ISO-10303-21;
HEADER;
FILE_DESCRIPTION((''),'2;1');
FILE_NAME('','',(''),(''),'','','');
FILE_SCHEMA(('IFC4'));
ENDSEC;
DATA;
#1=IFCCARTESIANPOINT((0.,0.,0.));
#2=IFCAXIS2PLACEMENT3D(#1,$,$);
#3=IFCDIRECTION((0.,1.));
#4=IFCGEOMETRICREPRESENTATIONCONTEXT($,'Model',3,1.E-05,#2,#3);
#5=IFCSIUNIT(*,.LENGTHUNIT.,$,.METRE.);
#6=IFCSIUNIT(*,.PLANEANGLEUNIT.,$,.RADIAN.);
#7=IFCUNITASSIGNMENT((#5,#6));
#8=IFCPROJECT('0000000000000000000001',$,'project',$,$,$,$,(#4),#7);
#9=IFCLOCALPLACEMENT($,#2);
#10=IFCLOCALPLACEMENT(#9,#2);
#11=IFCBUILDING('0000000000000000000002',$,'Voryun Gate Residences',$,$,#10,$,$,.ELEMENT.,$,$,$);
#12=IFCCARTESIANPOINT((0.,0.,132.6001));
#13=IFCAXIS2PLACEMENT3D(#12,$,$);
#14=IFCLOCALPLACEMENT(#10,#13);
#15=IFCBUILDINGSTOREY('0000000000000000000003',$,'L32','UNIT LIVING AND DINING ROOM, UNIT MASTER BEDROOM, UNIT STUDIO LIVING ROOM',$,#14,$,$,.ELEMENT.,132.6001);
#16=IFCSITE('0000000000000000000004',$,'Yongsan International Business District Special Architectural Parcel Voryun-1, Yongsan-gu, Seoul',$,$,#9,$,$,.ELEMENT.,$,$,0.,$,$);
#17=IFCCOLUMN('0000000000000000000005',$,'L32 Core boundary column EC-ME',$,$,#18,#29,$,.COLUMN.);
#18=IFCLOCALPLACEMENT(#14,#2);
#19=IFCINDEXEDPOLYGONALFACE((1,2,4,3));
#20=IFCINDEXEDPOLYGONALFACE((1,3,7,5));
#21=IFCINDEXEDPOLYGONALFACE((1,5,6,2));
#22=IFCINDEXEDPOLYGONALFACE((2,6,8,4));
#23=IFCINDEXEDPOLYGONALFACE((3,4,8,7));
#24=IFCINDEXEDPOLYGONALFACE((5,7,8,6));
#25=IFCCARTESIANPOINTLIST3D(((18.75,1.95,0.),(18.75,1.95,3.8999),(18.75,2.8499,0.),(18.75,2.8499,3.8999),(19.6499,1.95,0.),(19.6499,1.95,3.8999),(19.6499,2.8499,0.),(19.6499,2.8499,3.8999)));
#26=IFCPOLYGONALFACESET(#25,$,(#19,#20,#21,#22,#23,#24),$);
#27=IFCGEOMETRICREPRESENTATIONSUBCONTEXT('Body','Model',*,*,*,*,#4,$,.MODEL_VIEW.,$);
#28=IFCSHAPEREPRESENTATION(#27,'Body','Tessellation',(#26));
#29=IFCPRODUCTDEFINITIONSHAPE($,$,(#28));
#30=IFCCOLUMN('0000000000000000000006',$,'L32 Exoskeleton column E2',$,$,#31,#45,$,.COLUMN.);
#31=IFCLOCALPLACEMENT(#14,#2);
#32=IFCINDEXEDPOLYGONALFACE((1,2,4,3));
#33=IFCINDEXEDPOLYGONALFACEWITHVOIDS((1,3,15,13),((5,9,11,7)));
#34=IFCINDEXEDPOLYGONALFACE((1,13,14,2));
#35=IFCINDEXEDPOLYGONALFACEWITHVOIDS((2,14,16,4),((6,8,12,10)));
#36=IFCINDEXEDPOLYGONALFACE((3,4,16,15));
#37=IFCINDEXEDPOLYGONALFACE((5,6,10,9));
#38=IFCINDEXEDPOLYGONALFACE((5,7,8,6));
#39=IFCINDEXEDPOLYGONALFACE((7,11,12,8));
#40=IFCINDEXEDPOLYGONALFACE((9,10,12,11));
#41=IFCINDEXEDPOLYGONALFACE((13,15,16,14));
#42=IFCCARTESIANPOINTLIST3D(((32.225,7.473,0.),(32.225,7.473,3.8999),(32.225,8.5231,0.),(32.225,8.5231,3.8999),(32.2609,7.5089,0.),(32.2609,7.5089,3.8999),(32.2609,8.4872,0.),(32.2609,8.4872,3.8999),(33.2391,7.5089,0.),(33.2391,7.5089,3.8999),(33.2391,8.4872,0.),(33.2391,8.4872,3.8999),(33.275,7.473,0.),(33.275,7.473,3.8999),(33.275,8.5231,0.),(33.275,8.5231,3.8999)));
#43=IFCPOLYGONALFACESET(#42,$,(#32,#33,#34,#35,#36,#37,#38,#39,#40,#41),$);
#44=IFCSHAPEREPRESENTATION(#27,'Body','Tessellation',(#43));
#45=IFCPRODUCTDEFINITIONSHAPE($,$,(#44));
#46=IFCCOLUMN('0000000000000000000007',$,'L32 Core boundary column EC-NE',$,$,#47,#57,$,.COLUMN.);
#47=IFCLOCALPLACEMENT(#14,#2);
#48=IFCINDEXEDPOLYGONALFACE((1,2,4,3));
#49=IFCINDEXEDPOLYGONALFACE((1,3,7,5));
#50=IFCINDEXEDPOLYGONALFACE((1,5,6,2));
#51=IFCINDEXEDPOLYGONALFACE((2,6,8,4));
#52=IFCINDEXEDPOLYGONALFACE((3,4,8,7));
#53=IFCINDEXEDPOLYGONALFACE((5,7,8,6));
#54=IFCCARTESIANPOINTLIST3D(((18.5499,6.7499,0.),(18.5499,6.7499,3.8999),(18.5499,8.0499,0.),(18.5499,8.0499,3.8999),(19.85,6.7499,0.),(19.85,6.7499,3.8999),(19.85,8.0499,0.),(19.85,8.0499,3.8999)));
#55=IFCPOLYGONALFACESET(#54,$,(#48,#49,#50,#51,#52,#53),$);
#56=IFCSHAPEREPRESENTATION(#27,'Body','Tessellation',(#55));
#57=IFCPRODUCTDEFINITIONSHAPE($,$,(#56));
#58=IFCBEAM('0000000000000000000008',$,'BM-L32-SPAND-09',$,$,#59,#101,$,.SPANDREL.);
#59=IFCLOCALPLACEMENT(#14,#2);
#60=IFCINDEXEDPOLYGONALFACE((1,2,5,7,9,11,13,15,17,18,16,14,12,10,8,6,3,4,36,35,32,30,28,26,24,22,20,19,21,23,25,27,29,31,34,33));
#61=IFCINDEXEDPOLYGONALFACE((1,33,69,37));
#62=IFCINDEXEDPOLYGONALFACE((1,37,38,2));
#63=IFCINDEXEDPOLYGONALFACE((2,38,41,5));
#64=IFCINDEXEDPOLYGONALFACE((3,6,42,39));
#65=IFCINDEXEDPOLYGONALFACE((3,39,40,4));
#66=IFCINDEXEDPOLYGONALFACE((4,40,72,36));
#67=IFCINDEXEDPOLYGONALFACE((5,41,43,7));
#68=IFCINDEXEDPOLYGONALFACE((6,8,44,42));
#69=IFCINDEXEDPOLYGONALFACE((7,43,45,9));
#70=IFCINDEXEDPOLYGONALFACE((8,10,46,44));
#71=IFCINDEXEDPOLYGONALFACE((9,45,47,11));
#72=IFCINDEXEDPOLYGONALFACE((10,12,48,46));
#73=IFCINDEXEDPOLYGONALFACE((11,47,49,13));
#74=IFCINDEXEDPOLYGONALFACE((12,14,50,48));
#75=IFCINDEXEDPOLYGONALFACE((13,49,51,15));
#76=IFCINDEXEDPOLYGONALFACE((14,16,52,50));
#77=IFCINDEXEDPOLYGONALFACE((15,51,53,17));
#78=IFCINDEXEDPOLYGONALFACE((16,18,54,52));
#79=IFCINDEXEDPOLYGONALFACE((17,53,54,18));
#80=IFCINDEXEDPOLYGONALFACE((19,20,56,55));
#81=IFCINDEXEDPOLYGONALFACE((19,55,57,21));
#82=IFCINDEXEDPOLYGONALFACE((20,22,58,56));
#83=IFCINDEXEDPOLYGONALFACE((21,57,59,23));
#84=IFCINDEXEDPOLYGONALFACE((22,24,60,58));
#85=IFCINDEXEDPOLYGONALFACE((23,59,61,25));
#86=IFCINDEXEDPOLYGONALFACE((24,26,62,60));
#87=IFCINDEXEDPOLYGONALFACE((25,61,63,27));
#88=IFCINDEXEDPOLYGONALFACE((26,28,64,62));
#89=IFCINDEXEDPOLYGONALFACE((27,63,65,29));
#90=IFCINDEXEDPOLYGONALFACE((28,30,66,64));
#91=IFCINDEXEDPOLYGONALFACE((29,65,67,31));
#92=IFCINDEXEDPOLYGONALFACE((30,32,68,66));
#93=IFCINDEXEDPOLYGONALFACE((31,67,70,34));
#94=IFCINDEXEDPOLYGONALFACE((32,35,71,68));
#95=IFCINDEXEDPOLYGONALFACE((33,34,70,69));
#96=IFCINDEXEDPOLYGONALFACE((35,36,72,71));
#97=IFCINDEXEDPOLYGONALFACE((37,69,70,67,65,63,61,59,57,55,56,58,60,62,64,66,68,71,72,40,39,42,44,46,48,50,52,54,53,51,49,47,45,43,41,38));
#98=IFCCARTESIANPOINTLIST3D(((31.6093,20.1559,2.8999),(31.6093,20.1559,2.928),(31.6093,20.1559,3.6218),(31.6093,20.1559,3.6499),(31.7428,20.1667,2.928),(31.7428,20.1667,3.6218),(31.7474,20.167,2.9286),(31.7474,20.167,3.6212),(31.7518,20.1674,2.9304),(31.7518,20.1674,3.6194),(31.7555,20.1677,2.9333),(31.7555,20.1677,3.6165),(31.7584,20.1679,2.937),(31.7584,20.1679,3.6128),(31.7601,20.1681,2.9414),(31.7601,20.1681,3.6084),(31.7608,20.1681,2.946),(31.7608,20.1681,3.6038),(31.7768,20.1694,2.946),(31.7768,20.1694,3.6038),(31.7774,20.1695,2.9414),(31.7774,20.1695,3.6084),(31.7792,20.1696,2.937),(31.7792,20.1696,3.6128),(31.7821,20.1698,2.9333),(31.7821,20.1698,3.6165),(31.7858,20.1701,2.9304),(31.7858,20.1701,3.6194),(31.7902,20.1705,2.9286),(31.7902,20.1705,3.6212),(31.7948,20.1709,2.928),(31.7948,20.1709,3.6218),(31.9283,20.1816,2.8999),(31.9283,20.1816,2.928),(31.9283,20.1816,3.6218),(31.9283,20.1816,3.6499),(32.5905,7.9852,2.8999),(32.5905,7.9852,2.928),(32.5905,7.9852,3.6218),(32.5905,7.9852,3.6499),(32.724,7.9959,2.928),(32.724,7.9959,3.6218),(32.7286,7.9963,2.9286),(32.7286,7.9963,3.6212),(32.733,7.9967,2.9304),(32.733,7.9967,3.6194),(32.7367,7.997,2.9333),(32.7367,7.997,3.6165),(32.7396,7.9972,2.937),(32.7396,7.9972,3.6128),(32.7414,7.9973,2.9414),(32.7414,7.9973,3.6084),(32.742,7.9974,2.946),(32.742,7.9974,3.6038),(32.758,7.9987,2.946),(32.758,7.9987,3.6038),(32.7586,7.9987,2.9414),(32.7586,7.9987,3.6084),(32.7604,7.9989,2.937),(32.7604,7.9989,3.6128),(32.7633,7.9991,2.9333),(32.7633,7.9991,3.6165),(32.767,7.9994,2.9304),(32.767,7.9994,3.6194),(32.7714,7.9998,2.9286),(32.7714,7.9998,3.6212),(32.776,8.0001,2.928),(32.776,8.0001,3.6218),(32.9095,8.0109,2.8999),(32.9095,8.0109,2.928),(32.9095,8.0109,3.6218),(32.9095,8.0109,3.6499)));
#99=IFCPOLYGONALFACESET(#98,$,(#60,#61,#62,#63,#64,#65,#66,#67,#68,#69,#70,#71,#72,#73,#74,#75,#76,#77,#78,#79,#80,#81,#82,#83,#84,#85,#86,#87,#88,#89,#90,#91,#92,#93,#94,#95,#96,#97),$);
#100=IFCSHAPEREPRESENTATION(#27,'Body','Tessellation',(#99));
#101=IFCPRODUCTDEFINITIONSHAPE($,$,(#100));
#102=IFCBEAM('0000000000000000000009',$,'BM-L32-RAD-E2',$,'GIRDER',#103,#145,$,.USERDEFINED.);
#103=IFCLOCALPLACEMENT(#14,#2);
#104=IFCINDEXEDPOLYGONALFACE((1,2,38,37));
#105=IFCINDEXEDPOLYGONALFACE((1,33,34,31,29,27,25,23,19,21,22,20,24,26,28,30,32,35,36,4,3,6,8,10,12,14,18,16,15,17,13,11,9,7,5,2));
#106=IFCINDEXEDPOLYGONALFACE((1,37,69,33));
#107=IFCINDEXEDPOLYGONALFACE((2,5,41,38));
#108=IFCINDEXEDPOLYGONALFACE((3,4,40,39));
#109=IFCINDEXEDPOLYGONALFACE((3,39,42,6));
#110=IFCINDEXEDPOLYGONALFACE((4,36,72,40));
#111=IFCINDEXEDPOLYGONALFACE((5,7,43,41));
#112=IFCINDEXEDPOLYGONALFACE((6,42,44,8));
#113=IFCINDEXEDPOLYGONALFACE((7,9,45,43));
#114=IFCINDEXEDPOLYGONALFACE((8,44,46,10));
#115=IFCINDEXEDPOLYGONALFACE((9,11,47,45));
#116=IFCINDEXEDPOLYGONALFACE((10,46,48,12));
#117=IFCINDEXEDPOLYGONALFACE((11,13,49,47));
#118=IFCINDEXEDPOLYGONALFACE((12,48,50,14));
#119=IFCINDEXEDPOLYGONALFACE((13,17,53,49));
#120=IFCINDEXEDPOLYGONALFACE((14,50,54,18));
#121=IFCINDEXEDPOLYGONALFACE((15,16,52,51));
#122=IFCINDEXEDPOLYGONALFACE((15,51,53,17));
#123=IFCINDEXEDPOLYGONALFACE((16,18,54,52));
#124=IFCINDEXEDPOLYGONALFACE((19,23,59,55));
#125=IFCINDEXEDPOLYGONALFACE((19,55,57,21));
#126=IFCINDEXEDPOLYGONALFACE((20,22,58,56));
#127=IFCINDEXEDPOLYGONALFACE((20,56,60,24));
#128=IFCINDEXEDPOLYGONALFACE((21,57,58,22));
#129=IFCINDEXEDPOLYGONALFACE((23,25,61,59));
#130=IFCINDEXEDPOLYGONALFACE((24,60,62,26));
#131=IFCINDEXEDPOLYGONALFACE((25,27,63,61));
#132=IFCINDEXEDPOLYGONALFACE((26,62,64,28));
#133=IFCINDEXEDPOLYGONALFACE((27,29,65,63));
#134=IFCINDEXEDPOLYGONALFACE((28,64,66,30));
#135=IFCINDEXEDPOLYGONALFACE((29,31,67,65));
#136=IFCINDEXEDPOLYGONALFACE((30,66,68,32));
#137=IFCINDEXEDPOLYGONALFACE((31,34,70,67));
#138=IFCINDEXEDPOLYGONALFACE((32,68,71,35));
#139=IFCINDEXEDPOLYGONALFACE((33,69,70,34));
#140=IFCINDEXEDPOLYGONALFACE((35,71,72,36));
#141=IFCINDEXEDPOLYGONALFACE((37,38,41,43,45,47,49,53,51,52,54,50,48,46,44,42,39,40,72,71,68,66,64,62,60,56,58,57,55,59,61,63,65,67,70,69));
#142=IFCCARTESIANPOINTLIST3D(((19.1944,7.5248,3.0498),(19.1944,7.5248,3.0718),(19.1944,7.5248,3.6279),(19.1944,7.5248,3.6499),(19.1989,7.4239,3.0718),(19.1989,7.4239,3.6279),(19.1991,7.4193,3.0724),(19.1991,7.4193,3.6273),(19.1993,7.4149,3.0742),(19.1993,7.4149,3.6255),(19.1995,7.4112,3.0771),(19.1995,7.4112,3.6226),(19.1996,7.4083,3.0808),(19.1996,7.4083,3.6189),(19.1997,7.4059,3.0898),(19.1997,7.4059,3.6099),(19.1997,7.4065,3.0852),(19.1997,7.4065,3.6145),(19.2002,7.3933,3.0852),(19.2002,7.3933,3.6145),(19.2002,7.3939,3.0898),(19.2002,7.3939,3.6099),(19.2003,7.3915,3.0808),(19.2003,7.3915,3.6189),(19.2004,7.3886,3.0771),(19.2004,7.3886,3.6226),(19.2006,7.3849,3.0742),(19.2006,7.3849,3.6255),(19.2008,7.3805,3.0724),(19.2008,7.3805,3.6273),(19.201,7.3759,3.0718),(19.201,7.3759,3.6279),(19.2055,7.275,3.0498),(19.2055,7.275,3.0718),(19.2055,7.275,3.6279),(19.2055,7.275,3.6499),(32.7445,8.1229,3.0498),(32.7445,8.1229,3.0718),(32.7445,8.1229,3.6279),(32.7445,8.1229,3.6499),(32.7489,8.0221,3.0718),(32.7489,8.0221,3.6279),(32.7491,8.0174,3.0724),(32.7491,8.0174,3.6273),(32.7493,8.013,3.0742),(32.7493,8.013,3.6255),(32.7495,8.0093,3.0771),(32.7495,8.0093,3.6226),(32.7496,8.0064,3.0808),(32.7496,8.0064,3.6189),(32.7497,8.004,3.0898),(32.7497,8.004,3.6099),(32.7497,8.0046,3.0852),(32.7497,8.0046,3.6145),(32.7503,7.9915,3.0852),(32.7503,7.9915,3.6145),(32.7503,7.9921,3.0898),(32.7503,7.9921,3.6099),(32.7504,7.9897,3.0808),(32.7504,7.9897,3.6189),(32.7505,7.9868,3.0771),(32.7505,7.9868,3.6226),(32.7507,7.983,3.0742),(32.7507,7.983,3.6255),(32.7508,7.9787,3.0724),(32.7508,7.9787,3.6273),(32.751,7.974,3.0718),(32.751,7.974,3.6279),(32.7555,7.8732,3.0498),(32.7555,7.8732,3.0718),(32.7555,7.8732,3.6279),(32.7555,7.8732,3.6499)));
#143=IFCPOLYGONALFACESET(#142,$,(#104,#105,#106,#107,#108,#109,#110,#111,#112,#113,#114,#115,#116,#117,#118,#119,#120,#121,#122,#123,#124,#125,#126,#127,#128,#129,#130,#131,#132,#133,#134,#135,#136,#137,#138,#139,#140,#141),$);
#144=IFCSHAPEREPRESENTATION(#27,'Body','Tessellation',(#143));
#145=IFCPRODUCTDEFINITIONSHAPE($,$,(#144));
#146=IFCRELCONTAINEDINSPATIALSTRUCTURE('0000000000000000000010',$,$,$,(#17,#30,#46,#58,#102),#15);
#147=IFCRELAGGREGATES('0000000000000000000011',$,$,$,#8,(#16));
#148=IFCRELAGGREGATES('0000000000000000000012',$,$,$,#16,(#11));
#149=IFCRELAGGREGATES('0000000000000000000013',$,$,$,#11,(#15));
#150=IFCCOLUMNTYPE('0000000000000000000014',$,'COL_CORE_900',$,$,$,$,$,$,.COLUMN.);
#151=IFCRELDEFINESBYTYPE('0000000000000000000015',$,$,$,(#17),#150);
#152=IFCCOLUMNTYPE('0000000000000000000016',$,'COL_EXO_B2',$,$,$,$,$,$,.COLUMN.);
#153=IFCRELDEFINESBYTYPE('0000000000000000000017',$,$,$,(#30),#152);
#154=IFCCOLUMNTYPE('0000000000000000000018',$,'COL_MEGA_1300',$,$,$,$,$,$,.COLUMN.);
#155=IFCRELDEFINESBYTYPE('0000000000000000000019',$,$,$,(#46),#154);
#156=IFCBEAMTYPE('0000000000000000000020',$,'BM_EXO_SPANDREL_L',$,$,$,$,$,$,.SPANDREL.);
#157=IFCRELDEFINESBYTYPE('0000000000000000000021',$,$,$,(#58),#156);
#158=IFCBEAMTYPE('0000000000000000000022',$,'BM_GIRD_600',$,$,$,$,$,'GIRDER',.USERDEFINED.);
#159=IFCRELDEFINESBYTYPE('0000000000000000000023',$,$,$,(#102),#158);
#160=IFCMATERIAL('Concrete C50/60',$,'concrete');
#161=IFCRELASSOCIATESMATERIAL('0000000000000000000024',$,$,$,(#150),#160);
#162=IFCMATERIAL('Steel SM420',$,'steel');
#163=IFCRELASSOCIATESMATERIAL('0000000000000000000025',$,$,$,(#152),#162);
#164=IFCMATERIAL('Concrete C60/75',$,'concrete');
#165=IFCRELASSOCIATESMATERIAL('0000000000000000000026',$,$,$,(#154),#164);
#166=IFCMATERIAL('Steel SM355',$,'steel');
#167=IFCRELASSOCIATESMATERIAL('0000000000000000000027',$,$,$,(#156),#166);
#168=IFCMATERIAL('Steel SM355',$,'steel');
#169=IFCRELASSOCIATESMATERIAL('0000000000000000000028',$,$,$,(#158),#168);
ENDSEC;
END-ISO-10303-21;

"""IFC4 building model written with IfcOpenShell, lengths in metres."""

from ifc_helpers import new_model, si_unit, direction, frame, origin, origin_2d, place, context, subcontext, project, spatial, rectangle, hollow_rectangle, i_section, extrude, material, material_profile, profile_set, type_object, element, save


model = new_model("IFC4")

# Units and contexts
model_context = context("Model", 3, precision=1e-05, world=origin(), true_north=direction((0.0, 1.0)))
body_context = subcontext(model_context, "Body", "Model", "MODEL_VIEW")
ifc_project = project(units=[si_unit("LENGTHUNIT", "METRE"), si_unit("PLANEANGLEUNIT", "RADIAN")], contexts=[model_context])

# Site, building, storey
site_placement = place(None, origin())
site = spatial("IfcSite", under=ifc_project, at=site_placement, Name="Yongsan International Business District Special Architectural Parcel Voryun-1, Yongsan-gu, Seoul", CompositionType="ELEMENT", RefElevation=0.0)
building_placement = place(site_placement, origin())
building = spatial("IfcBuilding", under=site, at=building_placement, Name="Voryun Gate Residences", CompositionType="ELEMENT")
storey_placement = place(building_placement, frame((0.0, 0.0, 132.6001)))
storey = spatial("IfcBuildingStorey", under=building, at=storey_placement, Name="L32", Description="UNIT LIVING AND DINING ROOM, UNIT MASTER BEDROOM, UNIT STUDIO LIVING ROOM", CompositionType="ELEMENT", Elevation=132.6001)

# Columns
ifc_material_1 = material(Name="Concrete C50/60", Category="concrete")
ifc_material_profile_1 = material_profile(ifc_material_1, rectangle(XDim=0.8999, YDim=0.8999, at=origin_2d()), Name="RC-900x900")
ifc_profile_set_1 = profile_set([ifc_material_profile_1], Name="Concrete C50/60")
column_type_1 = type_object("IfcColumnType", Name="COL_CORE_900", PredefinedType="COLUMN", material=ifc_profile_set_1)
column_1_placement = place(storey_placement, frame((19.2, 2.3999, 0.0), z_axis=(0.0, 0.0, 1.0), x_axis=(1.0, 0.0, 0.0)))
element("IfcColumn", 1, at=column_1_placement, inside=storey, type_object=column_type_1, Name="L32 Core boundary column EC-ME", PredefinedType="COLUMN", context=body_context, shape_type="SweptSolid", body=[
    extrude(rectangle(XDim=0.8999, YDim=0.8999, at=origin_2d()), origin(), (0.0, 0.0, 1.0), 3.8999),
])
ifc_material_2 = material(Name="Steel SM420", Category="steel")
ifc_material_profile_2 = material_profile(ifc_material_2, hollow_rectangle(XDim=1.05, YDim=1.05, WallThickness=0.0359, at=origin_2d()), Name="BOX-1050x1050x36")
ifc_profile_set_2 = profile_set([ifc_material_profile_2], Name="Steel SM420")
column_type_2 = type_object("IfcColumnType", Name="COL_EXO_B2", PredefinedType="COLUMN", material=ifc_profile_set_2)
column_2_placement = place(storey_placement, frame((32.75, 7.998, 0.0), z_axis=(0.0, 0.0, 1.0), x_axis=(1.0, 0.0, 0.0)))
element("IfcColumn", 2, at=column_2_placement, inside=storey, type_object=column_type_2, Name="L32 Exoskeleton column E2", PredefinedType="COLUMN", context=body_context, shape_type="SweptSolid", body=[
    extrude(hollow_rectangle(XDim=1.05, YDim=1.05, WallThickness=0.0359, at=origin_2d()), origin(), (0.0, 0.0, 1.0), 3.8999),
])
ifc_material_3 = material(Name="Concrete C60/75", Category="concrete")
ifc_material_profile_3 = material_profile(ifc_material_3, rectangle(XDim=1.3, YDim=1.3, at=origin_2d()), Name="RC-1300x1300")
ifc_profile_set_3 = profile_set([ifc_material_profile_3], Name="Concrete C60/75")
column_type_3 = type_object("IfcColumnType", Name="COL_MEGA_1300", PredefinedType="COLUMN", material=ifc_profile_set_3)
column_3_placement = place(storey_placement, frame((19.2, 7.3999, 0.0), z_axis=(0.0, 0.0, 1.0), x_axis=(1.0, 0.0, 0.0)))
element("IfcColumn", 3, at=column_3_placement, inside=storey, type_object=column_type_3, Name="L32 Core boundary column EC-NE", PredefinedType="COLUMN", context=body_context, shape_type="SweptSolid", body=[
    extrude(rectangle(XDim=1.3, YDim=1.3, at=origin_2d()), origin(), (0.0, 0.0, 1.0), 3.8999),
])

# Beams
ifc_material_4 = material(Name="Steel SM355", Category="steel")
ifc_material_profile_4 = material_profile(ifc_material_4, i_section(OverallWidth=0.3201, OverallDepth=0.75, WebThickness=0.0161, FlangeThickness=0.0281, FilletRadius=0.0181, at=origin_2d()), Name="H-750x320x16x28")
ifc_profile_set_4 = profile_set([ifc_material_profile_4], Name="Steel SM355")
beam_type_1 = type_object("IfcBeamType", Name="BM_EXO_SPANDREL_L", PredefinedType="SPANDREL", material=ifc_profile_set_4)
beam_1_placement = place(storey_placement, frame((32.75, 7.998, 3.2749), z_axis=(-0.08036, 0.996766, 0.0), x_axis=(-0.996766, -0.08036, 0.0)))
element("IfcBeam", 4, at=beam_1_placement, inside=storey, type_object=beam_type_1, Name="BM-L32-SPAND-09", PredefinedType="SPANDREL", context=body_context, shape_type="SweptSolid", body=[
    extrude(i_section(OverallWidth=0.3201, OverallDepth=0.75, WebThickness=0.0161, FlangeThickness=0.0281, FilletRadius=0.0181, at=origin_2d()), origin(), (0.0, 0.0, 1.0), 12.2102),
])
ifc_material_5 = material(Name="Steel SM355", Category="steel")
ifc_material_profile_5 = material_profile(ifc_material_5, i_section(OverallWidth=0.25, OverallDepth=0.6001, WebThickness=0.012, FlangeThickness=0.022, FilletRadius=0.0181, at=origin_2d()), Name="H-600x250x12x22")
ifc_profile_set_5 = profile_set([ifc_material_profile_5], Name="Steel SM355")
beam_type_2 = type_object("IfcBeamType", Name="BM_GIRD_600", ElementType="GIRDER", PredefinedType="USERDEFINED", material=ifc_profile_set_5)
beam_2_placement = place(storey_placement, frame((19.2, 7.3999, 3.3499), z_axis=(0.999027, 0.0441, 0.0), x_axis=(-0.0441, 0.999027, 0.0)))
element("IfcBeam", 5, at=beam_2_placement, inside=storey, type_object=beam_type_2, Name="BM-L32-RAD-E2", ObjectType="GIRDER", PredefinedType="USERDEFINED", context=body_context, shape_type="SweptSolid", body=[
    extrude(i_section(OverallWidth=0.25, OverallDepth=0.6001, WebThickness=0.012, FlangeThickness=0.022, FilletRadius=0.0181, at=origin_2d()), origin(), (0.0, 0.0, 1.0), 13.5632),
])

save(model, "model.ifc")
